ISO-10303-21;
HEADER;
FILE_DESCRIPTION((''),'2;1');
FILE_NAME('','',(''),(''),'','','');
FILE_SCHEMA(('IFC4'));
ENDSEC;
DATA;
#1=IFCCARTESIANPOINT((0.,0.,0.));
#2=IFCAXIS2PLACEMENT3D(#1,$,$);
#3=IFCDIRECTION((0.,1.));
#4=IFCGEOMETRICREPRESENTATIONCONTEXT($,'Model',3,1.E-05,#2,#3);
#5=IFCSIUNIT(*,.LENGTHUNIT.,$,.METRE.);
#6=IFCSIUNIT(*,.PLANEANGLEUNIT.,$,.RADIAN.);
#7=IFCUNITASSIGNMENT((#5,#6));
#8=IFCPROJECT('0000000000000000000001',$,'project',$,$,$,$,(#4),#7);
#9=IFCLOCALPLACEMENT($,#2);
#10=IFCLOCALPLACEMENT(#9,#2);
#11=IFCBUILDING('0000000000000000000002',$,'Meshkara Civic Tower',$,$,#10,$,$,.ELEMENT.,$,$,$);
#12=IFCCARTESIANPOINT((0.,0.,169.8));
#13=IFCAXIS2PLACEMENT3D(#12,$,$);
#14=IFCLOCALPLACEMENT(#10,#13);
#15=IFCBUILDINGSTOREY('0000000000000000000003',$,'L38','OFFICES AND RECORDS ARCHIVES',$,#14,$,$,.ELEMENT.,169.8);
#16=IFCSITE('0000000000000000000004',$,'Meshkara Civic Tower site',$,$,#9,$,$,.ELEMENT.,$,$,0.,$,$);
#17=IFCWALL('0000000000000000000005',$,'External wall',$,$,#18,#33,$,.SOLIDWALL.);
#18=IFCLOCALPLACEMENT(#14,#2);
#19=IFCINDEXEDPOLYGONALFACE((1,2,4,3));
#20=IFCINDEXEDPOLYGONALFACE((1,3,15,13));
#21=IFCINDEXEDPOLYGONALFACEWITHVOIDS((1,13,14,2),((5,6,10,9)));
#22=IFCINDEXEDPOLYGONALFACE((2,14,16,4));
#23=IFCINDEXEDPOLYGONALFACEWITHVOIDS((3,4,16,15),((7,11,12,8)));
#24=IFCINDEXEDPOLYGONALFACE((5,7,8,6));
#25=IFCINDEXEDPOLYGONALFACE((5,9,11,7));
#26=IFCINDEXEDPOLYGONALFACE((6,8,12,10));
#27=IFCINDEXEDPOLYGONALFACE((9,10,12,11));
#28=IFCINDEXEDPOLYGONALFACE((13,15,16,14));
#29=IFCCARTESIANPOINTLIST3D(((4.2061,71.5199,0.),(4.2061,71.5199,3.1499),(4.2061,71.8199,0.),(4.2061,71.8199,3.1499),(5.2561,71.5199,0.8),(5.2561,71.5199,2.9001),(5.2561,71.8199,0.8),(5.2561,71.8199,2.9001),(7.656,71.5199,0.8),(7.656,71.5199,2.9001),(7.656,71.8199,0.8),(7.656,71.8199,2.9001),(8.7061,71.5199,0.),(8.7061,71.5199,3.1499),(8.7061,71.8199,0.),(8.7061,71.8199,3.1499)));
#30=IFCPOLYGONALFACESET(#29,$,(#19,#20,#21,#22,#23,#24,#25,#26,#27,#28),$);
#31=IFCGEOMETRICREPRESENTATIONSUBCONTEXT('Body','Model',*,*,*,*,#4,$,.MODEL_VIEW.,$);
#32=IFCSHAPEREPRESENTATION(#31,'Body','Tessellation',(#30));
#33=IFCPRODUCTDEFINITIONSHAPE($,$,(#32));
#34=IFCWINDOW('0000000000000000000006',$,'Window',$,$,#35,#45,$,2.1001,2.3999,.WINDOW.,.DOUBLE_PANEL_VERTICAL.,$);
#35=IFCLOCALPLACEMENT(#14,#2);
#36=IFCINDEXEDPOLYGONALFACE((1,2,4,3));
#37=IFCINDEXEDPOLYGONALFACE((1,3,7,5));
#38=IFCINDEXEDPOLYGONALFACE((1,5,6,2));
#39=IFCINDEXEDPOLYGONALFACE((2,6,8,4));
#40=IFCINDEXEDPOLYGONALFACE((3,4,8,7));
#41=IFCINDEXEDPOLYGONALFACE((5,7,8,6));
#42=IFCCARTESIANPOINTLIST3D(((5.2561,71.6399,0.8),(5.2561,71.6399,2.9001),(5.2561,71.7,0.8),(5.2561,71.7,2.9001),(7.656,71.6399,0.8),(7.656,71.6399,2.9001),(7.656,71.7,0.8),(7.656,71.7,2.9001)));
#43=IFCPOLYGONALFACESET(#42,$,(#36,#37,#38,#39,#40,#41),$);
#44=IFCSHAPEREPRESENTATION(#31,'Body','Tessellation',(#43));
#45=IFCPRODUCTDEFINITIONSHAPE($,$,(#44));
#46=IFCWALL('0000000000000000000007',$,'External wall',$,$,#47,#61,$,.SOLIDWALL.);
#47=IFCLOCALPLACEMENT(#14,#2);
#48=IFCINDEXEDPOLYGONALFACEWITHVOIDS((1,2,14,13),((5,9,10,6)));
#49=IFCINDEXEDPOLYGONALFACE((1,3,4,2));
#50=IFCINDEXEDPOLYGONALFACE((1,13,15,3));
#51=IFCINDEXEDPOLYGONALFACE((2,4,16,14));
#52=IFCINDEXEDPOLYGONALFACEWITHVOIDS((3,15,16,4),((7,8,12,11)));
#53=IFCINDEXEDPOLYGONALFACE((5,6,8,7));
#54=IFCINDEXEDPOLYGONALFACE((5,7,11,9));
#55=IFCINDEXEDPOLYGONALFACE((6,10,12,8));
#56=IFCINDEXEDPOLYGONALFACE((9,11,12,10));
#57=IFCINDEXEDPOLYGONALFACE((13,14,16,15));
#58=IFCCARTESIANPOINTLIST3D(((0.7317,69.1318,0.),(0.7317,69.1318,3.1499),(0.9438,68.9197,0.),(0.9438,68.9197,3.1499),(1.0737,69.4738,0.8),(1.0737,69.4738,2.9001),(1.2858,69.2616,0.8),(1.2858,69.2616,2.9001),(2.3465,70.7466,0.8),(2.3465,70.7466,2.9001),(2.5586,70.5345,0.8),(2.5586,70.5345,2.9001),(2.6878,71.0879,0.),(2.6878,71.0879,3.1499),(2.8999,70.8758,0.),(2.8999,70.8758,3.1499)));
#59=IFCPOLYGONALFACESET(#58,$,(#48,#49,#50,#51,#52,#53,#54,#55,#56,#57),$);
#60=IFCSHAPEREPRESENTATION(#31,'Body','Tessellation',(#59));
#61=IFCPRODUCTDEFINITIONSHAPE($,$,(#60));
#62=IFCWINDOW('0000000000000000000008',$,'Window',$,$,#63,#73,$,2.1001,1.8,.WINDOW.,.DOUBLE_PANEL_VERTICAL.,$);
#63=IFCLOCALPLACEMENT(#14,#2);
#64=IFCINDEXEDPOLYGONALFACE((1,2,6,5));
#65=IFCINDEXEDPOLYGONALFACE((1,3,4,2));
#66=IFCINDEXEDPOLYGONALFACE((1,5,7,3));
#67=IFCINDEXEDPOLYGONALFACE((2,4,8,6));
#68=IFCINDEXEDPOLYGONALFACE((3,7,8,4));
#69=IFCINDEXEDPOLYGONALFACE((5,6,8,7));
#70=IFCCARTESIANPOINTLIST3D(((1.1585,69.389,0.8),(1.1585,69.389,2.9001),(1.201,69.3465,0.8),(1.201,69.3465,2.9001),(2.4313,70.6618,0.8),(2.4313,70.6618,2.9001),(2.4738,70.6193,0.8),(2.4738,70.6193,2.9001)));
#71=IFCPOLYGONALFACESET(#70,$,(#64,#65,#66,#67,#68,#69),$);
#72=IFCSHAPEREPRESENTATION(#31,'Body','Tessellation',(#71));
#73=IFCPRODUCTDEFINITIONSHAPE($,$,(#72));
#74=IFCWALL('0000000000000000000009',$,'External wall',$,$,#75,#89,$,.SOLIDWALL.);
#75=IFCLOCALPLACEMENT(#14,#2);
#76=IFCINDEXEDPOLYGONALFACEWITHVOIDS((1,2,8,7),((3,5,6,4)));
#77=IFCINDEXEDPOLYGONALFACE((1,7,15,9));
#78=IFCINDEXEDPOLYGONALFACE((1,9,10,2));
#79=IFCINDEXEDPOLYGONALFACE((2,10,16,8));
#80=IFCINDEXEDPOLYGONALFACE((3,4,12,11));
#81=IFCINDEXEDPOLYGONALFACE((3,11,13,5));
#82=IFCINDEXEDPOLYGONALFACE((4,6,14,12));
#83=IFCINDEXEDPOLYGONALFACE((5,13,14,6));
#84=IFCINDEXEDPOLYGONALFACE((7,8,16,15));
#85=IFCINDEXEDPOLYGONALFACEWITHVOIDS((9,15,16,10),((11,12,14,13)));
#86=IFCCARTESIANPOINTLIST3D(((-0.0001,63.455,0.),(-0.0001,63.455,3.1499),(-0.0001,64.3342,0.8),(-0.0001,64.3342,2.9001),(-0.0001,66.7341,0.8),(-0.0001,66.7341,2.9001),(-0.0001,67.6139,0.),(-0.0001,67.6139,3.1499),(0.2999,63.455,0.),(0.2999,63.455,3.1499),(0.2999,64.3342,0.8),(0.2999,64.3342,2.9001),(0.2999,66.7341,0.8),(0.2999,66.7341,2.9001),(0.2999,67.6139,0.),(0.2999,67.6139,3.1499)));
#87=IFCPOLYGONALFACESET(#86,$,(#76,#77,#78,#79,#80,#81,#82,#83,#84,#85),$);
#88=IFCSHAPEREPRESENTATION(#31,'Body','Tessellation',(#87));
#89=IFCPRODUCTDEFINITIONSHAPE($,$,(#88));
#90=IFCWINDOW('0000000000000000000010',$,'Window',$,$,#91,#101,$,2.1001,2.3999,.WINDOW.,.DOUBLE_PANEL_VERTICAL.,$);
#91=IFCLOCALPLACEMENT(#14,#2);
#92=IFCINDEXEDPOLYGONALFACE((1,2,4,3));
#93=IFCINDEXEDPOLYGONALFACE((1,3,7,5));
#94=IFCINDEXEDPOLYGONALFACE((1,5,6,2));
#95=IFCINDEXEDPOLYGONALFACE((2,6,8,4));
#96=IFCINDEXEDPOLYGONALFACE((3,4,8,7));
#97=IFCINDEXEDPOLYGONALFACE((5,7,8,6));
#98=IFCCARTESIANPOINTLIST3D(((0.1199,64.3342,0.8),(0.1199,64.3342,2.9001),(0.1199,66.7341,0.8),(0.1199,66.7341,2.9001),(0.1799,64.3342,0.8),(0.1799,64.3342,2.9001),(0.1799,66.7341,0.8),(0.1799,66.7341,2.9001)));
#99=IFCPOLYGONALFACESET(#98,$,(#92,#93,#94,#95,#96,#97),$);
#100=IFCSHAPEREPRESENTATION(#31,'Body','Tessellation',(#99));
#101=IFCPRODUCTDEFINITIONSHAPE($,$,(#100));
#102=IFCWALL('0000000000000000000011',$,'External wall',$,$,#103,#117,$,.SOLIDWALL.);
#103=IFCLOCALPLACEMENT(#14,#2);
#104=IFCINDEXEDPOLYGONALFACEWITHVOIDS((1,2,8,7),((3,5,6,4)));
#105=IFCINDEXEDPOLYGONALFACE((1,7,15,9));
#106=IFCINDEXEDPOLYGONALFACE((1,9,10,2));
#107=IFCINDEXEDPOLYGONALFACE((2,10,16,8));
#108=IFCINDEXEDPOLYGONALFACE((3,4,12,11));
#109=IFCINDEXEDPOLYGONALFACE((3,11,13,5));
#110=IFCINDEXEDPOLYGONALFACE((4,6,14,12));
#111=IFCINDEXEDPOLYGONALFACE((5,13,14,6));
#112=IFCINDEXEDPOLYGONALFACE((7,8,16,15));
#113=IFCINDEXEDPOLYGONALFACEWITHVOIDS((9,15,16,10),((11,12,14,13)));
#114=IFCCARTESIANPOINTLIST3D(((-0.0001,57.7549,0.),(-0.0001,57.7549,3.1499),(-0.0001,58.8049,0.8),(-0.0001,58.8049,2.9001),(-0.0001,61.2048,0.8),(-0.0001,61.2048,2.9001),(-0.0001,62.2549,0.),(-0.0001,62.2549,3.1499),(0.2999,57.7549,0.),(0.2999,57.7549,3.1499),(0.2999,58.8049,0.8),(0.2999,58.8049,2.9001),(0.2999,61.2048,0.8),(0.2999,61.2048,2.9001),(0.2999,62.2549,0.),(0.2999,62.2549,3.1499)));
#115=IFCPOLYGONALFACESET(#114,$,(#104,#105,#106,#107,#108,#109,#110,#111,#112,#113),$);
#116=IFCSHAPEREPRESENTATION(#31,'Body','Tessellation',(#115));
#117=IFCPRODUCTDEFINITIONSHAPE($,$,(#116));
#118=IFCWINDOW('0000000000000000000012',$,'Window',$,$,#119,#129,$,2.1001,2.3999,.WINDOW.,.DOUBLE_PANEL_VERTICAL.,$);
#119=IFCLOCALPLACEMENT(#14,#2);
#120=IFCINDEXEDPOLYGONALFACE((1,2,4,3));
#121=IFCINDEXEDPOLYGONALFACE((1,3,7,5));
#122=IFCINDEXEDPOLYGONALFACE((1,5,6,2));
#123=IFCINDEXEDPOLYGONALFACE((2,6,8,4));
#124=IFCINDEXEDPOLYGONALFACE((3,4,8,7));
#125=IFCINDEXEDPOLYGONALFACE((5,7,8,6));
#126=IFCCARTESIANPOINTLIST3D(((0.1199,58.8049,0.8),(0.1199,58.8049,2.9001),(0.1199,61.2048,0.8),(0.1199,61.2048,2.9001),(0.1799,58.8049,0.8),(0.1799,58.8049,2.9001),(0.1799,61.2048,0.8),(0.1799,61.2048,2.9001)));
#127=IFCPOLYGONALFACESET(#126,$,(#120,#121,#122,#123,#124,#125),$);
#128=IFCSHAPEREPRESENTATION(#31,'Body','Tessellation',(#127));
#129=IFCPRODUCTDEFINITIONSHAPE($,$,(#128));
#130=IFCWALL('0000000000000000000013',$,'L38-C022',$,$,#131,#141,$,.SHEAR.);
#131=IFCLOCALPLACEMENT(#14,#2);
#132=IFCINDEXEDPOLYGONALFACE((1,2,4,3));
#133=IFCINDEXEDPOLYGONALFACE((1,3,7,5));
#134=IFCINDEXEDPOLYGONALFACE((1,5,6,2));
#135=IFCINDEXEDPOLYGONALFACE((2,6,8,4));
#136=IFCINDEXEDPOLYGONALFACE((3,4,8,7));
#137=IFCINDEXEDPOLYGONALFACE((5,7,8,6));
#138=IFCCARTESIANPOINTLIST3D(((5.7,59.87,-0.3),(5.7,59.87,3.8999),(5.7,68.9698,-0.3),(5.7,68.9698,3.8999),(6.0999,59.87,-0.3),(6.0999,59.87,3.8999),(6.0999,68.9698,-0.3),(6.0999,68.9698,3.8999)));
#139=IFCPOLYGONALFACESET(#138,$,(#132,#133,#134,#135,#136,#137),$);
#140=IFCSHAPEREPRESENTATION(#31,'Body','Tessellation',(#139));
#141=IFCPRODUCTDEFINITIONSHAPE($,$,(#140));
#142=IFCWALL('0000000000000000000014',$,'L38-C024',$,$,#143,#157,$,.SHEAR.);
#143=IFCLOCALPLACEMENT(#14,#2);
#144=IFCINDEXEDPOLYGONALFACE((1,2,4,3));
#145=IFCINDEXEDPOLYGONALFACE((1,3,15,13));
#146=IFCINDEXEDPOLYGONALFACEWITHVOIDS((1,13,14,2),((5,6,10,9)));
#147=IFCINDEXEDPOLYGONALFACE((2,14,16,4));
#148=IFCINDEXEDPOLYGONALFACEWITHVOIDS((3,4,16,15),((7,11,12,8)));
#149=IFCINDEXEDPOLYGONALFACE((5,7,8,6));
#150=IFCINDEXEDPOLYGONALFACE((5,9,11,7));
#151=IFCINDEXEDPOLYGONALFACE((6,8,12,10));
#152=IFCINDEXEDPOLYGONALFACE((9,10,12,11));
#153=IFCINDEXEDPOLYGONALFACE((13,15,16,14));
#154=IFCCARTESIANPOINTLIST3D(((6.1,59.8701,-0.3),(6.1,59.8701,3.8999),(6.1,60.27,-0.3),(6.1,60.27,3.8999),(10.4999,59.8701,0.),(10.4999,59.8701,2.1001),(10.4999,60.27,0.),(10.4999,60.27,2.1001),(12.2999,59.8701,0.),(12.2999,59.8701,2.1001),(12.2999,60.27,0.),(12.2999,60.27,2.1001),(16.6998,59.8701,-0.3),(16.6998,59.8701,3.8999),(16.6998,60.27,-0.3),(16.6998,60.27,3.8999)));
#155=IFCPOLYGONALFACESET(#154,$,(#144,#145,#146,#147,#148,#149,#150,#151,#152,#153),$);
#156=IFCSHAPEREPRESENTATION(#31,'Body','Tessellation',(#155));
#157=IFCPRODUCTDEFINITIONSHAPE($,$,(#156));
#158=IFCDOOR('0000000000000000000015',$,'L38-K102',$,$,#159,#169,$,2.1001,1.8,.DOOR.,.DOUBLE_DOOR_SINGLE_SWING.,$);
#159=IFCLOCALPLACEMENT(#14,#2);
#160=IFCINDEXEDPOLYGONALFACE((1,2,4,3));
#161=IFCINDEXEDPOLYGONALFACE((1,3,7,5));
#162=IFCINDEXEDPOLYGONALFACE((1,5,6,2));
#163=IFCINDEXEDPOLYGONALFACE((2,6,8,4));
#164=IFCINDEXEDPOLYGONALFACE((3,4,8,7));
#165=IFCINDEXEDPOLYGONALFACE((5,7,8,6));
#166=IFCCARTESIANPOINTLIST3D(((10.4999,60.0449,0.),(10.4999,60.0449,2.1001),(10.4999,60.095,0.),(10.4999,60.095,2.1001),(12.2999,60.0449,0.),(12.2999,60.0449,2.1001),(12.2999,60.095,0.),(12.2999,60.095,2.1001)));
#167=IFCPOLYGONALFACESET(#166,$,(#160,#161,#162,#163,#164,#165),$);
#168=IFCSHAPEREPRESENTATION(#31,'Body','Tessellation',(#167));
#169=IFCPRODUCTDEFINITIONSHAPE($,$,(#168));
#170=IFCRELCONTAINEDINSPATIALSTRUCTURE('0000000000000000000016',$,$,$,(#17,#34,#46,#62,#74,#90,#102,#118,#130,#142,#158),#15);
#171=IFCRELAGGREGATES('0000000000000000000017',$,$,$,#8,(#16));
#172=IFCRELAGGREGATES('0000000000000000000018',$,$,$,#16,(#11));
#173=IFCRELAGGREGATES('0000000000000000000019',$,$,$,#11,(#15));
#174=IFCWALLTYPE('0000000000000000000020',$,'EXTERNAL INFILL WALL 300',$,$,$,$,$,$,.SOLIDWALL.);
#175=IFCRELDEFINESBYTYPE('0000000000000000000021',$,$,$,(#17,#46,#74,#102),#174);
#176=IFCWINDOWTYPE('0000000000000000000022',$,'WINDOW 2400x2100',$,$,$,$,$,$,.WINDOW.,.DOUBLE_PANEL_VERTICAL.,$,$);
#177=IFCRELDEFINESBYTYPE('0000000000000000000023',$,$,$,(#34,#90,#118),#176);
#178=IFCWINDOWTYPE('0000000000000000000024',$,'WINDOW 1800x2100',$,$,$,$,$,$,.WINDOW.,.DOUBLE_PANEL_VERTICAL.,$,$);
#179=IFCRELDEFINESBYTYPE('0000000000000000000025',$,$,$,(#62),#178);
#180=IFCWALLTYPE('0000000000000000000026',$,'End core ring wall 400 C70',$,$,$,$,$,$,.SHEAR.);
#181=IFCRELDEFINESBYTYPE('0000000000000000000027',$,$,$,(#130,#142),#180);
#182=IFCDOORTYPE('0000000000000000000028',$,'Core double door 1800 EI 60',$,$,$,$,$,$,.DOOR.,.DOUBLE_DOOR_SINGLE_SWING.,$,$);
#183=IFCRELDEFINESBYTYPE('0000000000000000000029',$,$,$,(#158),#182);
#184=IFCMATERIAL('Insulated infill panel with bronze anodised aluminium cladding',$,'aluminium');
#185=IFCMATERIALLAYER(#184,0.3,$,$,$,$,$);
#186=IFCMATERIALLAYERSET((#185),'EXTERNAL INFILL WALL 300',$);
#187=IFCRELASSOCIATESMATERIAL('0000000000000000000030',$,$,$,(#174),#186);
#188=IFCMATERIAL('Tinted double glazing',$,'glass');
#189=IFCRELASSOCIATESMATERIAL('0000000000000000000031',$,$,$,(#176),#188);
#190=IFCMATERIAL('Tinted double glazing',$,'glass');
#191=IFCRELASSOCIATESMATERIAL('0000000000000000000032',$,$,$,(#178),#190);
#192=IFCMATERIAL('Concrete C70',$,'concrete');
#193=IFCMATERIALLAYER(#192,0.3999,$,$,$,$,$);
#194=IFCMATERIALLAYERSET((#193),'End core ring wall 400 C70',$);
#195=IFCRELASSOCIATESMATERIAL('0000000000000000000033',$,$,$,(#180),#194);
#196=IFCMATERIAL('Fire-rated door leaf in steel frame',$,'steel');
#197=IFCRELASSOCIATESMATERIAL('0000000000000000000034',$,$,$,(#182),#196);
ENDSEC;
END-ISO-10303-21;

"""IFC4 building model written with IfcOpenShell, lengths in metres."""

from ifc_helpers import new_model, si_unit, direction, frame, frame_2d, origin, place, context, subcontext, project, spatial, rectangle, extrude, material, layer, layer_set, type_object, element, fill, save


model = new_model("IFC4")

# Units and contexts
model_context = context("Model", 3, precision=1e-05, world=origin(), true_north=direction((0.0, 1.0)))
body_context = subcontext(model_context, "Body", "Model", "MODEL_VIEW")
ifc_project = project(units=[si_unit("LENGTHUNIT", "METRE"), si_unit("PLANEANGLEUNIT", "RADIAN")], contexts=[model_context])

# Site, building, storey
site_placement = place(None, origin())
site = spatial("IfcSite", under=ifc_project, at=site_placement, Name="Meshkara Civic Tower site", CompositionType="ELEMENT", RefElevation=0.0)
building_placement = place(site_placement, origin())
building = spatial("IfcBuilding", under=site, at=building_placement, Name="Meshkara Civic Tower", CompositionType="ELEMENT")
storey_placement = place(building_placement, frame((0.0, 0.0, 169.8)))
storey = spatial("IfcBuildingStorey", under=building, at=storey_placement, Name="L38", Description="OFFICES AND RECORDS ARCHIVES", CompositionType="ELEMENT", Elevation=169.8)

# Walls, openings, windows
ifc_material_1 = material(Name="Insulated infill panel with bronze anodised aluminium cladding", Category="aluminium")
ifc_layer_1 = layer(ifc_material_1, 0.3)
ifc_layer_set_1 = layer_set([ifc_layer_1], Name="EXTERNAL INFILL WALL 300")
wall_type_1 = type_object("IfcWallType", Name="EXTERNAL INFILL WALL 300", PredefinedType="SOLIDWALL", material=ifc_layer_set_1)
wall_1_placement = place(storey_placement, frame((8.7061, 71.6699, 0.0), z_axis=(0.0, 0.0, 1.0), x_axis=(-1.0, 0.0, 0.0)))
wall_1 = element("IfcWall", 1, at=wall_1_placement, inside=storey, type_object=wall_type_1, Name="External wall", PredefinedType="SOLIDWALL", context=body_context, shape_type="SweptSolid", body=[
    extrude(rectangle(XDim=4.5, YDim=0.3, at=frame_2d((2.25, 0.0))), origin(), (0.0, 0.0, 1.0), 3.1499),
])
opening_1_placement = place(wall_1_placement, frame((1.05, 0.0, 0.8)))
opening_1 = element("IfcOpeningElement", 2, at=opening_1_placement, cuts=wall_1, PredefinedType="OPENING", context=body_context, shape_type="SweptSolid", body=[
    extrude(rectangle(XDim=2.3999, YDim=2.1001, at=frame_2d((1.2, 1.05))), frame((0.0, 0.1599, 0.0), z_axis=(0.0, -1.0, 0.0), x_axis=(1.0, 0.0, 0.0)), (0.0, 0.0, 1.0), 0.3201),
])
ifc_material_2 = material(Name="Tinted double glazing", Category="glass")
window_type_1 = type_object("IfcWindowType", Name="WINDOW 2400x2100", PartitioningType="DOUBLE_PANEL_VERTICAL", PredefinedType="WINDOW", material=ifc_material_2)
window_1_placement = place(opening_1_placement, origin())
window_1 = element("IfcWindow", 3, at=window_1_placement, inside=storey, type_object=window_type_1, Name="Window", OverallHeight=2.1001, OverallWidth=2.3999, PartitioningType="DOUBLE_PANEL_VERTICAL", PredefinedType="WINDOW", context=body_context, shape_type="SweptSolid", body=[
    extrude(rectangle(XDim=2.3999, YDim=2.1001, at=frame_2d((1.2, 1.05))), frame((0.0, 0.03, 0.0), z_axis=(0.0, -1.0, 0.0), x_axis=(1.0, 0.0, 0.0)), (0.0, 0.0, 1.0), 0.0601),
])
fill(opening_1, window_1)
wall_2_placement = place(storey_placement, frame((2.7939, 70.9819, 0.0), z_axis=(0.0, 0.0, 1.0), x_axis=(-0.707107, -0.707107, 0.0)))
wall_2 = element("IfcWall", 4, at=wall_2_placement, inside=storey, type_object=wall_type_1, Name="External wall", PredefinedType="SOLIDWALL", context=body_context, shape_type="SweptSolid", body=[
    extrude(rectangle(XDim=2.7664, YDim=0.3, at=frame_2d((1.3833, 0.0))), origin(), (0.0, 0.0, 1.0), 3.1499),
])
opening_2_placement = place(wall_2_placement, frame((0.4829, 0.0, 0.8)))
opening_2 = element("IfcOpeningElement", 5, at=opening_2_placement, cuts=wall_2, PredefinedType="OPENING", context=body_context, shape_type="SweptSolid", body=[
    extrude(rectangle(XDim=1.8, YDim=2.1001, at=frame_2d((0.8999, 1.05))), frame((0.0, 0.1599, 0.0), z_axis=(0.0, -1.0, 0.0), x_axis=(1.0, 0.0, 0.0)), (0.0, 0.0, 1.0), 0.3201),
])
ifc_material_3 = material(Name="Tinted double glazing", Category="glass")
window_type_2 = type_object("IfcWindowType", Name="WINDOW 1800x2100", PartitioningType="DOUBLE_PANEL_VERTICAL", PredefinedType="WINDOW", material=ifc_material_3)
window_2_placement = place(opening_2_placement, origin())
window_2 = element("IfcWindow", 6, at=window_2_placement, inside=storey, type_object=window_type_2, Name="Window", OverallHeight=2.1001, OverallWidth=1.8, PartitioningType="DOUBLE_PANEL_VERTICAL", PredefinedType="WINDOW", context=body_context, shape_type="SweptSolid", body=[
    extrude(rectangle(XDim=1.8, YDim=2.1001, at=frame_2d((0.8999, 1.05))), frame((0.0, 0.03, 0.0), z_axis=(0.0, -1.0, 0.0), x_axis=(1.0, 0.0, 0.0)), (0.0, 0.0, 1.0), 0.0601),
])
fill(opening_2, window_2)
wall_3_placement = place(storey_placement, frame((0.1499, 67.614, 0.0), z_axis=(0.0, 0.0, 1.0), x_axis=(0.0, -1.0, 0.0)))
wall_3 = element("IfcWall", 7, at=wall_3_placement, inside=storey, type_object=wall_type_1, Name="External wall", PredefinedType="SOLIDWALL", context=body_context, shape_type="SweptSolid", body=[
    extrude(rectangle(XDim=4.1589, YDim=0.3, at=frame_2d((2.0796, 0.0))), origin(), (0.0, 0.0, 1.0), 3.1499),
])
opening_3_placement = place(wall_3_placement, frame((0.8799, 0.0, 0.8)))
opening_3 = element("IfcOpeningElement", 8, at=opening_3_placement, cuts=wall_3, PredefinedType="OPENING", context=body_context, shape_type="SweptSolid", body=[
    extrude(rectangle(XDim=2.3999, YDim=2.1001, at=frame_2d((1.2, 1.05))), frame((0.0, 0.1599, 0.0), z_axis=(0.0, -1.0, 0.0), x_axis=(1.0, 0.0, 0.0)), (0.0, 0.0, 1.0), 0.3201),
])
window_3_placement = place(opening_3_placement, origin())
window_3 = element("IfcWindow", 9, at=window_3_placement, inside=storey, type_object=window_type_1, Name="Window", OverallHeight=2.1001, OverallWidth=2.3999, PartitioningType="DOUBLE_PANEL_VERTICAL", PredefinedType="WINDOW", context=body_context, shape_type="SweptSolid", body=[
    extrude(rectangle(XDim=2.3999, YDim=2.1001, at=frame_2d((1.2, 1.05))), frame((0.0, 0.03, 0.0), z_axis=(0.0, -1.0, 0.0), x_axis=(1.0, 0.0, 0.0)), (0.0, 0.0, 1.0), 0.0601),
])
fill(opening_3, window_3)
wall_4_placement = place(storey_placement, frame((0.1499, 62.2549, 0.0), z_axis=(0.0, 0.0, 1.0), x_axis=(0.0, -1.0, 0.0)))
wall_4 = element("IfcWall", 10, at=wall_4_placement, inside=storey, type_object=wall_type_1, Name="External wall", PredefinedType="SOLIDWALL", context=body_context, shape_type="SweptSolid", body=[
    extrude(rectangle(XDim=4.5, YDim=0.3, at=frame_2d((2.25, 0.0))), origin(), (0.0, 0.0, 1.0), 3.1499),
])
opening_4_placement = place(wall_4_placement, frame((1.05, 0.0, 0.8)))
opening_4 = element("IfcOpeningElement", 11, at=opening_4_placement, cuts=wall_4, PredefinedType="OPENING", context=body_context, shape_type="SweptSolid", body=[
    extrude(rectangle(XDim=2.3999, YDim=2.1001, at=frame_2d((1.2, 1.05))), frame((0.0, 0.1599, 0.0), z_axis=(0.0, -1.0, 0.0), x_axis=(1.0, 0.0, 0.0)), (0.0, 0.0, 1.0), 0.3201),
])
window_4_placement = place(opening_4_placement, origin())
window_4 = element("IfcWindow", 12, at=window_4_placement, inside=storey, type_object=window_type_1, Name="Window", OverallHeight=2.1001, OverallWidth=2.3999, PartitioningType="DOUBLE_PANEL_VERTICAL", PredefinedType="WINDOW", context=body_context, shape_type="SweptSolid", body=[
    extrude(rectangle(XDim=2.3999, YDim=2.1001, at=frame_2d((1.2, 1.05))), frame((0.0, 0.03, 0.0), z_axis=(0.0, -1.0, 0.0), x_axis=(1.0, 0.0, 0.0)), (0.0, 0.0, 1.0), 0.0601),
])
fill(opening_4, window_4)

# Wall
ifc_material_4 = material(Name="Concrete C70", Category="concrete")
ifc_layer_2 = layer(ifc_material_4, 0.3999)
ifc_layer_set_2 = layer_set([ifc_layer_2], Name="End core ring wall 400 C70")
wall_type_2 = type_object("IfcWallType", Name="End core ring wall 400 C70", PredefinedType="SHEAR", material=ifc_layer_set_2)
wall_5_placement = place(storey_placement, frame((5.8999, 59.8701, -0.3), z_axis=(0.0, 0.0, 1.0), x_axis=(0.0, 1.0, 0.0)))
element("IfcWall", 13, at=wall_5_placement, inside=storey, type_object=wall_type_2, Name="L38-C022", PredefinedType="SHEAR", context=body_context, shape_type="SweptSolid", body=[
    extrude(rectangle(XDim=9.0999, YDim=0.3999, at=frame_2d((4.5498, 0.0))), origin(), (0.0, 0.0, 1.0), 4.2),
])

# Wall, opening, door
wall_6_placement = place(storey_placement, frame((6.1001, 60.0701, -0.3), z_axis=(0.0, 0.0, 1.0), x_axis=(1.0, 0.0, 0.0)))
wall_6 = element("IfcWall", 14, at=wall_6_placement, inside=storey, type_object=wall_type_2, Name="L38-C024", PredefinedType="SHEAR", context=body_context, shape_type="SweptSolid", body=[
    extrude(rectangle(XDim=10.5999, YDim=0.3999, at=frame_2d((5.2998, 0.0))), origin(), (0.0, 0.0, 1.0), 4.2),
])
opening_5_placement = place(wall_6_placement, frame((4.3999, 0.0, 0.3)))
opening_5 = element("IfcOpeningElement", 15, at=opening_5_placement, cuts=wall_6, PredefinedType="OPENING", context=body_context, shape_type="SweptSolid", body=[
    extrude(rectangle(XDim=1.8, YDim=2.1001, at=frame_2d((0.8999, 1.05))), frame((0.0, 0.21, 0.0), z_axis=(0.0, -1.0, 0.0), x_axis=(1.0, 0.0, 0.0)), (0.0, 0.0, 1.0), 0.4199),
])
ifc_material_5 = material(Name="Fire-rated door leaf in steel frame", Category="steel")
door_type_1 = type_object("IfcDoorType", Name="Core double door 1800 EI 60", OperationType="DOUBLE_DOOR_SINGLE_SWING", PredefinedType="DOOR", material=ifc_material_5)
door_1_placement = place(opening_5_placement, origin())
door_1 = element("IfcDoor", 16, at=door_1_placement, inside=storey, type_object=door_type_1, Name="L38-K102", OperationType="DOUBLE_DOOR_SINGLE_SWING", OverallHeight=2.1001, OverallWidth=1.8, PredefinedType="DOOR", context=body_context, shape_type="SweptSolid", body=[
    extrude(rectangle(XDim=1.8, YDim=2.1001, at=frame_2d((0.8999, 1.05))), frame((0.0, 0.0249, 0.0), z_axis=(0.0, -1.0, 0.0), x_axis=(1.0, 0.0, 0.0)), (0.0, 0.0, 1.0), 0.05),
])
fill(opening_5, door_1)

save(model, "model.ifc")
